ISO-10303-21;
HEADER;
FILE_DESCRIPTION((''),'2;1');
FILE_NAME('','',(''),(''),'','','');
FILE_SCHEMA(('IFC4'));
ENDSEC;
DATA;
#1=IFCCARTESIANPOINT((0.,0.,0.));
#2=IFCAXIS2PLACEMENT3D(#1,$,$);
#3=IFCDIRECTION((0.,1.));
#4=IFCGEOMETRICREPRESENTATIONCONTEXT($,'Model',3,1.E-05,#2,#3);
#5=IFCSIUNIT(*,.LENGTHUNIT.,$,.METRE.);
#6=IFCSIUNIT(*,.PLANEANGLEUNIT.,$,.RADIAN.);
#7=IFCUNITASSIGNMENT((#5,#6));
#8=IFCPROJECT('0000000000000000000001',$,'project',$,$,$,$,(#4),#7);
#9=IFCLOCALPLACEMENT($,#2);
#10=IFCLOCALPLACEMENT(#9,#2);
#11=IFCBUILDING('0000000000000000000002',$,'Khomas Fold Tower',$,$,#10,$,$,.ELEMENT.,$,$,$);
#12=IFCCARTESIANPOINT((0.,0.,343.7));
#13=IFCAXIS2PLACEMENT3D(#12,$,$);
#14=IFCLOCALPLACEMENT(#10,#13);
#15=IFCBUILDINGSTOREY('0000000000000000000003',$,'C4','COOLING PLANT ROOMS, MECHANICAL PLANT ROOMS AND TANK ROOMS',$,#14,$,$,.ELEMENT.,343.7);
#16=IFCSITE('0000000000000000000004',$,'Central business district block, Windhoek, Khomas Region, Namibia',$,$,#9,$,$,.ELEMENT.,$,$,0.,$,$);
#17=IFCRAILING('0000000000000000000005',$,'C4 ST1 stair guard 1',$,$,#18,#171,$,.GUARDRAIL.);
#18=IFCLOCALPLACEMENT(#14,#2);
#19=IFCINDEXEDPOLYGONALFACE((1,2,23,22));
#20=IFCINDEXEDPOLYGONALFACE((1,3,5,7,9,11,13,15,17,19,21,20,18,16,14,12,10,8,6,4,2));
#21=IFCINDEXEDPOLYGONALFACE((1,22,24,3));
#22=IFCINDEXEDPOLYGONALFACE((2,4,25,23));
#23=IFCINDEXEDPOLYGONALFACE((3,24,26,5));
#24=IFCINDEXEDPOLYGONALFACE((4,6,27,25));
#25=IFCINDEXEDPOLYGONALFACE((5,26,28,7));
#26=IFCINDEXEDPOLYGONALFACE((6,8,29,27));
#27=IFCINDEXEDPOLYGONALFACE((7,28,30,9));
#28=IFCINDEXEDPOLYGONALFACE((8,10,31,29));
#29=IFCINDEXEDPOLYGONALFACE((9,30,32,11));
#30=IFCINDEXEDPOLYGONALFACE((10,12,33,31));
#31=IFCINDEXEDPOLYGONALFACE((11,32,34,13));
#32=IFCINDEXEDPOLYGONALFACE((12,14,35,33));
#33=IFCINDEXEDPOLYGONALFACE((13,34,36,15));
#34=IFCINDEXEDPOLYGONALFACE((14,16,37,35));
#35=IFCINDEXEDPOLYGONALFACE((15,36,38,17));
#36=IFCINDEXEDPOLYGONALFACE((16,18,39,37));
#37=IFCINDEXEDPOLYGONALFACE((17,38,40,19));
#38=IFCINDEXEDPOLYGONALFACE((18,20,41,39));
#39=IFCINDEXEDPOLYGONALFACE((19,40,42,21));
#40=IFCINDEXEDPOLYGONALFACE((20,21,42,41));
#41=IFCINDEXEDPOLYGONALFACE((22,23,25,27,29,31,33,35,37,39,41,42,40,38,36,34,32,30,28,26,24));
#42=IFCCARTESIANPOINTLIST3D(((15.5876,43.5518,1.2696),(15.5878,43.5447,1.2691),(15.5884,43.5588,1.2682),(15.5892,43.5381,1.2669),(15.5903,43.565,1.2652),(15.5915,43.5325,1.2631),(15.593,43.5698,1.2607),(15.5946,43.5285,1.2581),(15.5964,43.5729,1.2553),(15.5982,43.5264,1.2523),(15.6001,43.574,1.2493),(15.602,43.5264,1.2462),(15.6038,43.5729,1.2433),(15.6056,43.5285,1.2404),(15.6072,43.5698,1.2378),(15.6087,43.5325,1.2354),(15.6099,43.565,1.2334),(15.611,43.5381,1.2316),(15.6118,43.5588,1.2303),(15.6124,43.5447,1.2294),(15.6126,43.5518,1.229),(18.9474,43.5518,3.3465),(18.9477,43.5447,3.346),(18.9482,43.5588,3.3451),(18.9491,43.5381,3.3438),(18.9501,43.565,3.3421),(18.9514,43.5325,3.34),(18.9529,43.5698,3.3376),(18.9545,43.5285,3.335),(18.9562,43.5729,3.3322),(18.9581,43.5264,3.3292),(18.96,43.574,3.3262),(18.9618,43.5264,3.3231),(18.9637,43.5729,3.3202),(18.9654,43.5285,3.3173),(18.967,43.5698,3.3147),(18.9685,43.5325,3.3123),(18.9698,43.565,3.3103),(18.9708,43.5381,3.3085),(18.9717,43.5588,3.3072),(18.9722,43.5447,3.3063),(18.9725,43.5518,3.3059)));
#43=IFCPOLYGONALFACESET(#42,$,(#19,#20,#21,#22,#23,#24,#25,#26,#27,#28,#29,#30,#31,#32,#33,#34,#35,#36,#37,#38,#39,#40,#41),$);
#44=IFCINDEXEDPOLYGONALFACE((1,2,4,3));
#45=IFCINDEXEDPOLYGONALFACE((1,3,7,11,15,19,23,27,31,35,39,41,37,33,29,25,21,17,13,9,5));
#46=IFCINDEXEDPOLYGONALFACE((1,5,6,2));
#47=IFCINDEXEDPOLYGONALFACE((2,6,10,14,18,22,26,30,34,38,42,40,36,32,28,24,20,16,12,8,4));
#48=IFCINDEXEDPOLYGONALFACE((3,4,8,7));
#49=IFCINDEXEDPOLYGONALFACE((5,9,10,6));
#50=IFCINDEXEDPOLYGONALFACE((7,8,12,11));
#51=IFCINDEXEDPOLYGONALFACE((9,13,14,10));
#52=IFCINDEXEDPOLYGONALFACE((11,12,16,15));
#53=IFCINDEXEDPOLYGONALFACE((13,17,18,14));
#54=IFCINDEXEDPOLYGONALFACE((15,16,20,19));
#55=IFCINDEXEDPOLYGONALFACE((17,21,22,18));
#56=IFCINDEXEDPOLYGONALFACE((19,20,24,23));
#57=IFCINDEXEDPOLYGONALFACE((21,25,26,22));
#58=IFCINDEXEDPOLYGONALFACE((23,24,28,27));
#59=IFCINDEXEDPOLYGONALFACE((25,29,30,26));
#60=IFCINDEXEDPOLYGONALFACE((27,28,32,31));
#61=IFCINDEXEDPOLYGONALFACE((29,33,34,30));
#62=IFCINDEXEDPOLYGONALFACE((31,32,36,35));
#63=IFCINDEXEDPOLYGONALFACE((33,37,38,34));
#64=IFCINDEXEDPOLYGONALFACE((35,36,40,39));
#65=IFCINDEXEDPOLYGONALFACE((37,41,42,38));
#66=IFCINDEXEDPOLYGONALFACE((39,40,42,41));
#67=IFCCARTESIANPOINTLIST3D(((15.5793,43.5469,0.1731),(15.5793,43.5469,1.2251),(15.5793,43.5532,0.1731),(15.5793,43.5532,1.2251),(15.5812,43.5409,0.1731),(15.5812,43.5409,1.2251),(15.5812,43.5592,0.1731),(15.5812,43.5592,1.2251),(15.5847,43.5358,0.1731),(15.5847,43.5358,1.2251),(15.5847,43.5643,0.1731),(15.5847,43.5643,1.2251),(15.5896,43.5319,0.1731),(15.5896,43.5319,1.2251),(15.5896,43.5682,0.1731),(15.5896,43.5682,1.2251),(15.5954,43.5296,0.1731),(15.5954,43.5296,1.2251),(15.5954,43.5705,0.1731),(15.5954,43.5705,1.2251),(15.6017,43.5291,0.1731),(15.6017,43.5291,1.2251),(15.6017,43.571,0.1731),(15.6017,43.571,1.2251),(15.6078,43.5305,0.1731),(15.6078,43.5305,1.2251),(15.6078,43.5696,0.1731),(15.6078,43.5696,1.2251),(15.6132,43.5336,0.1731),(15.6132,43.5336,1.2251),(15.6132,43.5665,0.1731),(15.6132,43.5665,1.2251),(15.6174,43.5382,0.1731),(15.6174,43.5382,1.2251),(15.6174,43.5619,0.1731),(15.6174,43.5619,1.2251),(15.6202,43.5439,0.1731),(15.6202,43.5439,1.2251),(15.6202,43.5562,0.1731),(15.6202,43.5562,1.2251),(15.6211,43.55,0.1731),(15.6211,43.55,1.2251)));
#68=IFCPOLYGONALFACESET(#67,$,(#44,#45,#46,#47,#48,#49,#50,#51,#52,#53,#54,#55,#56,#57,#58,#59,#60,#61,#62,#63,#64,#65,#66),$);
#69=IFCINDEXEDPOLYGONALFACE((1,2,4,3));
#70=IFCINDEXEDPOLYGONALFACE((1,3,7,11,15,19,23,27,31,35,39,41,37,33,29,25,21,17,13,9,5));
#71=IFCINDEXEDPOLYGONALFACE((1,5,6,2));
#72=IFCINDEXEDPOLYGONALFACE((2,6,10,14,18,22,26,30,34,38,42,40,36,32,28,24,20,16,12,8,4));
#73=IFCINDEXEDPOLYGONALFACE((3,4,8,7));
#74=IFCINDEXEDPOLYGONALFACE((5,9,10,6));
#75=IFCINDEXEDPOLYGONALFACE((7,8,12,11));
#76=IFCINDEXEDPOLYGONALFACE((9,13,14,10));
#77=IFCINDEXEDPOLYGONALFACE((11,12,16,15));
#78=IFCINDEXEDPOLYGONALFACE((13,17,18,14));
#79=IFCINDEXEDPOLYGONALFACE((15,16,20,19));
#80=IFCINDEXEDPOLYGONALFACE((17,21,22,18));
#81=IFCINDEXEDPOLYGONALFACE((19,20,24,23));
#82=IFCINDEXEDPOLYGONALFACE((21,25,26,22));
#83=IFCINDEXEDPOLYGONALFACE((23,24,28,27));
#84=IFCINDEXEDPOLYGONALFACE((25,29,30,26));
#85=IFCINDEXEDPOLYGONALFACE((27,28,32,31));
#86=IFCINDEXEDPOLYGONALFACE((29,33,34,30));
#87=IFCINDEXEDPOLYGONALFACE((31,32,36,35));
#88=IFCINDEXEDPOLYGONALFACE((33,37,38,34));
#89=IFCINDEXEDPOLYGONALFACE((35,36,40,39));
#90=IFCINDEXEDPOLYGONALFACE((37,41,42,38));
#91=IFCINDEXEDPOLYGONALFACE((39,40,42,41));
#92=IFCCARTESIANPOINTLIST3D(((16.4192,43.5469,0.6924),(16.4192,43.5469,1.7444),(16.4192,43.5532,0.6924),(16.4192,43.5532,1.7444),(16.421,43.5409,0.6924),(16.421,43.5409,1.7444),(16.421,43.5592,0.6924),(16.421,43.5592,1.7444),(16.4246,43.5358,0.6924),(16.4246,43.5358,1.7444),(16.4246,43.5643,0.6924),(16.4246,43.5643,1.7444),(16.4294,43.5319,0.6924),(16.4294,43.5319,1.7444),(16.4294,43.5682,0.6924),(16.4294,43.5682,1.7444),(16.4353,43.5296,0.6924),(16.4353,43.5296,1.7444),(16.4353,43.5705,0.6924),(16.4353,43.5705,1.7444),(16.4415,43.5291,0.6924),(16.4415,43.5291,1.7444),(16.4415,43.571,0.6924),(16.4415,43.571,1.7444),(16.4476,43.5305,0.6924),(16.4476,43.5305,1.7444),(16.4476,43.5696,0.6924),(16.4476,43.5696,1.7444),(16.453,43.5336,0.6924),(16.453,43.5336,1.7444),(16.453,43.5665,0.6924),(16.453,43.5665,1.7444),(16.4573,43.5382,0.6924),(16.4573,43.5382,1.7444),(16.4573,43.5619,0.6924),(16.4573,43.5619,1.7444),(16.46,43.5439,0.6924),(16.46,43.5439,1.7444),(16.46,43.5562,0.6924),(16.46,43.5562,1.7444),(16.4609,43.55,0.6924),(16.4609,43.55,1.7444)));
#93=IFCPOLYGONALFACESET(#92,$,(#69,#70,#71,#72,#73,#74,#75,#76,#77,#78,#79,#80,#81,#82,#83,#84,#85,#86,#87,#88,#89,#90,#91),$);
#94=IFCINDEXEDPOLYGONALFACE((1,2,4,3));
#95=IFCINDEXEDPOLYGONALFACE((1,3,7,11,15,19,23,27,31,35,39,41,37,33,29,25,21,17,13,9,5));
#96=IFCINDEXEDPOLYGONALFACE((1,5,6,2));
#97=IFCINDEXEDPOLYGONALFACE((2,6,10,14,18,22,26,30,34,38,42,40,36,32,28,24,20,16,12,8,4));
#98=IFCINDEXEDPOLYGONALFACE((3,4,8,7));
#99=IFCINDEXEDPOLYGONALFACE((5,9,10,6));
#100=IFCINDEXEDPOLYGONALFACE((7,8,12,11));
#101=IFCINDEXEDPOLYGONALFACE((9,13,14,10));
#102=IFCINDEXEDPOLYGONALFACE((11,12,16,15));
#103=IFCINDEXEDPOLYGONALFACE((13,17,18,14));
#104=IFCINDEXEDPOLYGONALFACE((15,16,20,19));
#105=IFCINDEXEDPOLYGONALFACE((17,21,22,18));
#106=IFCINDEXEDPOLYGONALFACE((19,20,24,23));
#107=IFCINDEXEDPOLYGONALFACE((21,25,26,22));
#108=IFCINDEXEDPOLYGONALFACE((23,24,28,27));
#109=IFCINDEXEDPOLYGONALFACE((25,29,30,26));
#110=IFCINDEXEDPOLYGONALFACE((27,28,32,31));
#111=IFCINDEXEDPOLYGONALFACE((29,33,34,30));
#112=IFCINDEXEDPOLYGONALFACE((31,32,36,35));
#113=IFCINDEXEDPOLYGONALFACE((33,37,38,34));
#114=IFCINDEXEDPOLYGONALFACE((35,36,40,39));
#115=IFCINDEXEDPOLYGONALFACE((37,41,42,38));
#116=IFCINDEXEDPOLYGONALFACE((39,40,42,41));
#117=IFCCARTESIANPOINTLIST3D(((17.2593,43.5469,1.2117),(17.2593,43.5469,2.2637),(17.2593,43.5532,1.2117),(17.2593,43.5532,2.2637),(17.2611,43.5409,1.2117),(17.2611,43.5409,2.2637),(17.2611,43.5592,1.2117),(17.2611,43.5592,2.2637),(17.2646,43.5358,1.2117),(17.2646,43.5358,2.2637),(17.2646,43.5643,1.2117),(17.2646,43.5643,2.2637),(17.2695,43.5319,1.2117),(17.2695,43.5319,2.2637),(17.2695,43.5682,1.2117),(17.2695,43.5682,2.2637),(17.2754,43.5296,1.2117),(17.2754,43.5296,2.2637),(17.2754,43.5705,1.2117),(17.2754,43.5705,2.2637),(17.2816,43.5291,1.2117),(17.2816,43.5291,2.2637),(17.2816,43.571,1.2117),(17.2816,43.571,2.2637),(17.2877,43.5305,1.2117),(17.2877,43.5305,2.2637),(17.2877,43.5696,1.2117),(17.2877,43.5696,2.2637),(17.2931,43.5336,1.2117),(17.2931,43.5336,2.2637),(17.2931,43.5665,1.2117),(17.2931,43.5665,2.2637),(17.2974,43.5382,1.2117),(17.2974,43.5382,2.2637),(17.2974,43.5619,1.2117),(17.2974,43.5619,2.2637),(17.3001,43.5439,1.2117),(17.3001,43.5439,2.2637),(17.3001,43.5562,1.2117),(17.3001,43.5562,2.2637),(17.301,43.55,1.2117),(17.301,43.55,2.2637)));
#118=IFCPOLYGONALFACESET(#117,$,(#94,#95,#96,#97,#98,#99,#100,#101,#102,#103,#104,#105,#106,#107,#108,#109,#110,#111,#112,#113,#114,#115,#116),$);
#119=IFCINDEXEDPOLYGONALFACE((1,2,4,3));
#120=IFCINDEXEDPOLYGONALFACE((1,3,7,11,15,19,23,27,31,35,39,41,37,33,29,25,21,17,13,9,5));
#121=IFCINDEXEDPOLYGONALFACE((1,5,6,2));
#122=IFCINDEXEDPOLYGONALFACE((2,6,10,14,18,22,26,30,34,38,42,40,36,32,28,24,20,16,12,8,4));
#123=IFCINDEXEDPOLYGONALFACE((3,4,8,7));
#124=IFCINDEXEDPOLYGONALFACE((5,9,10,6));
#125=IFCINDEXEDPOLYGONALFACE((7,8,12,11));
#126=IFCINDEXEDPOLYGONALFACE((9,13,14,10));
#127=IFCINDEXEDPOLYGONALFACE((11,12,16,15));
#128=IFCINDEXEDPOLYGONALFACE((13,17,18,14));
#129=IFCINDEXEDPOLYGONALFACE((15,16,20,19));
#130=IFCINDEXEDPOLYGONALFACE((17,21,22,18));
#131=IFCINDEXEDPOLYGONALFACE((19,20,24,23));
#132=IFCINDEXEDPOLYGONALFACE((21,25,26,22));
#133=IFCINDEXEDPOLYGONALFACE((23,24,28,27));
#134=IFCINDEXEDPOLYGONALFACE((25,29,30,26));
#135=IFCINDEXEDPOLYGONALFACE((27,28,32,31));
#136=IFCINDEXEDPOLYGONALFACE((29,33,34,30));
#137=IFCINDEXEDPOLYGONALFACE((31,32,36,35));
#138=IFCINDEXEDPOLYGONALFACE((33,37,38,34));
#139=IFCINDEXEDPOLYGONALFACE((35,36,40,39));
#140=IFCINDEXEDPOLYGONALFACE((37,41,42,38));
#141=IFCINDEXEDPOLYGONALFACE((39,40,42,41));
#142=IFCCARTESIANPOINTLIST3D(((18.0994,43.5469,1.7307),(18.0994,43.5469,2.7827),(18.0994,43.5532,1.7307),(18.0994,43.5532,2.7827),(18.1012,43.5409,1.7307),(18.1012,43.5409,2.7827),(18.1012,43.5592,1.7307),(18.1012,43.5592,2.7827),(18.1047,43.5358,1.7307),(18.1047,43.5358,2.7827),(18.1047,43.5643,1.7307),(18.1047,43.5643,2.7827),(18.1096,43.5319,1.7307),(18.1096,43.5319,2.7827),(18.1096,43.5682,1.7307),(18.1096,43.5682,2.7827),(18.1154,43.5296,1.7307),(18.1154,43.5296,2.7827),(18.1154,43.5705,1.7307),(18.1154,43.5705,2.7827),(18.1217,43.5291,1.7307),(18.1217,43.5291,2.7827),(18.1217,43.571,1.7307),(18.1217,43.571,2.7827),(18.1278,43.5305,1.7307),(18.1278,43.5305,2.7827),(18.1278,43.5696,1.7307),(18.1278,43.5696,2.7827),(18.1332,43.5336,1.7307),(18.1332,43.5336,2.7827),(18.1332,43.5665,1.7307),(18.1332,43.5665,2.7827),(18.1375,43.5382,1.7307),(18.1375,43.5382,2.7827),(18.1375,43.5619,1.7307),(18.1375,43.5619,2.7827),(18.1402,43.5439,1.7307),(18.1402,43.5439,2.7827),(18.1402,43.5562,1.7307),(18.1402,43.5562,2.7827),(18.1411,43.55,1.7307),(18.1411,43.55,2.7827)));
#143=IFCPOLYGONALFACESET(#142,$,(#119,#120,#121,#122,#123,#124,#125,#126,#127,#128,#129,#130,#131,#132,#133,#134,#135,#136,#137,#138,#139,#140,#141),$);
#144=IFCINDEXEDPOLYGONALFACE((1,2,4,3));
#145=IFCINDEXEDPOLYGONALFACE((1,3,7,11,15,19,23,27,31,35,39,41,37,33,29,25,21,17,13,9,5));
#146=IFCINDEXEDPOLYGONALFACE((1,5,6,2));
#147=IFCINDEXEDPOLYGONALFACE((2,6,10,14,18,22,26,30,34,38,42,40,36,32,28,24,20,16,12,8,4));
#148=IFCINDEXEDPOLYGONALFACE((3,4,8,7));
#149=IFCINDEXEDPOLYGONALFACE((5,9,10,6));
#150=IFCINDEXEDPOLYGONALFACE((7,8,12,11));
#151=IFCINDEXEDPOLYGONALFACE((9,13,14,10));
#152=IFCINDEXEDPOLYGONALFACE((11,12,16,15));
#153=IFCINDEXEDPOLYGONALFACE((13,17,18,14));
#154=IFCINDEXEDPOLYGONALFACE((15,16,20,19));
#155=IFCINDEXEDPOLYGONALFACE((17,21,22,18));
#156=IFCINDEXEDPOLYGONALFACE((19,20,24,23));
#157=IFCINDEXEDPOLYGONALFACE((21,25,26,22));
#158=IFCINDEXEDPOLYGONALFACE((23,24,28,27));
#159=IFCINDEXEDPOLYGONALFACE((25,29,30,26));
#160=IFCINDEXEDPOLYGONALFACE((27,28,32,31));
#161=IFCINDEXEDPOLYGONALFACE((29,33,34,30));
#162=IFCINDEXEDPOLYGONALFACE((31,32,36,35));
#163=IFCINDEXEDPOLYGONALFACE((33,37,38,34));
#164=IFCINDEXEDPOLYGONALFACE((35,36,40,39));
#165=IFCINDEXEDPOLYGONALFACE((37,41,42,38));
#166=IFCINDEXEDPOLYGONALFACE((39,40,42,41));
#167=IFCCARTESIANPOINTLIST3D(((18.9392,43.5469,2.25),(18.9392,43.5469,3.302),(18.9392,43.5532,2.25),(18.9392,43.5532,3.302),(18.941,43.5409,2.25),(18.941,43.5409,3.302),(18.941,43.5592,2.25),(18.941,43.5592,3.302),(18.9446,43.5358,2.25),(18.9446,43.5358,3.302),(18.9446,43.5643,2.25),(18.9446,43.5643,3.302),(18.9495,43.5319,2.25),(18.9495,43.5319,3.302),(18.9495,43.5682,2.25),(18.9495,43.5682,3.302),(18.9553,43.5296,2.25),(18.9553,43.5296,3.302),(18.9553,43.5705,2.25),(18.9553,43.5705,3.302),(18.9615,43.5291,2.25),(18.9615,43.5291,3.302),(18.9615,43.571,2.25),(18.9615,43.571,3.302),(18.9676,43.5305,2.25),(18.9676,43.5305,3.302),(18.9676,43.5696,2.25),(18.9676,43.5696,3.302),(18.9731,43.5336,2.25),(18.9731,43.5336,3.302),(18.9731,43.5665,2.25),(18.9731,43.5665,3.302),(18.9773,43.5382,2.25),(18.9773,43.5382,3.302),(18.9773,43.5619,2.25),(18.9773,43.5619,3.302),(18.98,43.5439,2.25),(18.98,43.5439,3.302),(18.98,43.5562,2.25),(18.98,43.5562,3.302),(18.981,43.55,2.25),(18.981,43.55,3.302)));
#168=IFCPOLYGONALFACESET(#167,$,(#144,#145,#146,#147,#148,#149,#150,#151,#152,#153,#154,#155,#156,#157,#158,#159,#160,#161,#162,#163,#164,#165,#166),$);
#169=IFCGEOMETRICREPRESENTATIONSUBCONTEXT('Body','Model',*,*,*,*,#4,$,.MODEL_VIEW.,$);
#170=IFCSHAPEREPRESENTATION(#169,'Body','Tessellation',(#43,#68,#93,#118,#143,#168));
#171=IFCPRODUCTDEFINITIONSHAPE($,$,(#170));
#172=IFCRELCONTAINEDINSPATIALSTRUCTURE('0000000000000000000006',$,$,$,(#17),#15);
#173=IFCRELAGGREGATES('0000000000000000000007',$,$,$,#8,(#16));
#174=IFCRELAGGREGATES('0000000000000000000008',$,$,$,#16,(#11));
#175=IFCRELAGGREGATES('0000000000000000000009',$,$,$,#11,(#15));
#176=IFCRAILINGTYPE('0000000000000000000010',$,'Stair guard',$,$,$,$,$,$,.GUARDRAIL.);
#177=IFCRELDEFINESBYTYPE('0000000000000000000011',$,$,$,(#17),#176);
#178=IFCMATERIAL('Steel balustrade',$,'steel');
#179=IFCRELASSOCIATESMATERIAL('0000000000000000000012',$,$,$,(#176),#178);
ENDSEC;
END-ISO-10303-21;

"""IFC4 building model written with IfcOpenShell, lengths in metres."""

from ifc_helpers import new_model, si_unit, direction, frame, origin, origin_2d, place, context, subcontext, project, spatial, circle, extrude, source, transform, mapped, material, type_object, element, save


model = new_model("IFC4")

# Units and contexts
model_context = context("Model", 3, precision=1e-05, world=origin(), true_north=direction((0.0, 1.0)))
body_context = subcontext(model_context, "Body", "Model", "MODEL_VIEW")
ifc_project = project(units=[si_unit("LENGTHUNIT", "METRE"), si_unit("PLANEANGLEUNIT", "RADIAN")], contexts=[model_context])

# Site, building, storey
site_placement = place(None, origin())
site = spatial("IfcSite", under=ifc_project, at=site_placement, Name="Central business district block, Windhoek, Khomas Region, Namibia", CompositionType="ELEMENT", RefElevation=0.0)
building_placement = place(site_placement, origin())
building = spatial("IfcBuilding", under=site, at=building_placement, Name="Khomas Fold Tower", CompositionType="ELEMENT")
storey_placement = place(building_placement, frame((0.0, 0.0, 343.7)))
storey = spatial("IfcBuildingStorey", under=building, at=storey_placement, Name="C4", Description="COOLING PLANT ROOMS, MECHANICAL PLANT ROOMS AND TANK ROOMS", CompositionType="ELEMENT", Elevation=343.7)

# Railing
ifc_material_1 = material(Name="Steel balustrade", Category="steel")
railing_type_1 = type_object("IfcRailingType", Name="Stair guard", PredefinedType="GUARDRAIL", material=ifc_material_1)
shared_shape_1 = source(origin(), body_context, "Body", "SweptSolid", [
    extrude(circle(Radius=0.0239, at=origin_2d()), frame((0.0, 0.0, 1.0762), z_axis=(0.850606, 0.0, 0.525803), x_axis=(0.0, 1.0, 0.0)), (0.0, 0.0, 1.0), 3.95),
    extrude(circle(Radius=0.021, at=origin_2d()), origin(), (0.0, 0.0, 1.0), 1.052),
    extrude(circle(Radius=0.021, at=origin_2d()), frame((0.8398, 0.0, 0.5193)), (0.0, 0.0, 1.0), 1.052),
    extrude(circle(Radius=0.021, at=origin_2d()), frame((1.6799, 0.0, 1.0386)), (0.0, 0.0, 1.0), 1.052),
    extrude(circle(Radius=0.021, at=origin_2d()), frame((2.52, 0.0, 1.5576)), (0.0, 0.0, 1.0), 1.052),
    extrude(circle(Radius=0.021, at=origin_2d()), frame((3.3599, 0.0, 2.0769)), (0.0, 0.0, 1.0), 1.052),
])
railing_1_placement = place(storey_placement, frame((15.6001, 43.55, 0.1731)))
element("IfcRailing", 1, at=railing_1_placement, inside=storey, type_object=railing_type_1, Name="C4 ST1 stair guard 1", PredefinedType="GUARDRAIL", context=body_context, shape_type="MappedRepresentation", body=[
    mapped(shared_shape_1, transform((0.0, 0.0, 0.0))),
])

save(model, "model.ifc")
